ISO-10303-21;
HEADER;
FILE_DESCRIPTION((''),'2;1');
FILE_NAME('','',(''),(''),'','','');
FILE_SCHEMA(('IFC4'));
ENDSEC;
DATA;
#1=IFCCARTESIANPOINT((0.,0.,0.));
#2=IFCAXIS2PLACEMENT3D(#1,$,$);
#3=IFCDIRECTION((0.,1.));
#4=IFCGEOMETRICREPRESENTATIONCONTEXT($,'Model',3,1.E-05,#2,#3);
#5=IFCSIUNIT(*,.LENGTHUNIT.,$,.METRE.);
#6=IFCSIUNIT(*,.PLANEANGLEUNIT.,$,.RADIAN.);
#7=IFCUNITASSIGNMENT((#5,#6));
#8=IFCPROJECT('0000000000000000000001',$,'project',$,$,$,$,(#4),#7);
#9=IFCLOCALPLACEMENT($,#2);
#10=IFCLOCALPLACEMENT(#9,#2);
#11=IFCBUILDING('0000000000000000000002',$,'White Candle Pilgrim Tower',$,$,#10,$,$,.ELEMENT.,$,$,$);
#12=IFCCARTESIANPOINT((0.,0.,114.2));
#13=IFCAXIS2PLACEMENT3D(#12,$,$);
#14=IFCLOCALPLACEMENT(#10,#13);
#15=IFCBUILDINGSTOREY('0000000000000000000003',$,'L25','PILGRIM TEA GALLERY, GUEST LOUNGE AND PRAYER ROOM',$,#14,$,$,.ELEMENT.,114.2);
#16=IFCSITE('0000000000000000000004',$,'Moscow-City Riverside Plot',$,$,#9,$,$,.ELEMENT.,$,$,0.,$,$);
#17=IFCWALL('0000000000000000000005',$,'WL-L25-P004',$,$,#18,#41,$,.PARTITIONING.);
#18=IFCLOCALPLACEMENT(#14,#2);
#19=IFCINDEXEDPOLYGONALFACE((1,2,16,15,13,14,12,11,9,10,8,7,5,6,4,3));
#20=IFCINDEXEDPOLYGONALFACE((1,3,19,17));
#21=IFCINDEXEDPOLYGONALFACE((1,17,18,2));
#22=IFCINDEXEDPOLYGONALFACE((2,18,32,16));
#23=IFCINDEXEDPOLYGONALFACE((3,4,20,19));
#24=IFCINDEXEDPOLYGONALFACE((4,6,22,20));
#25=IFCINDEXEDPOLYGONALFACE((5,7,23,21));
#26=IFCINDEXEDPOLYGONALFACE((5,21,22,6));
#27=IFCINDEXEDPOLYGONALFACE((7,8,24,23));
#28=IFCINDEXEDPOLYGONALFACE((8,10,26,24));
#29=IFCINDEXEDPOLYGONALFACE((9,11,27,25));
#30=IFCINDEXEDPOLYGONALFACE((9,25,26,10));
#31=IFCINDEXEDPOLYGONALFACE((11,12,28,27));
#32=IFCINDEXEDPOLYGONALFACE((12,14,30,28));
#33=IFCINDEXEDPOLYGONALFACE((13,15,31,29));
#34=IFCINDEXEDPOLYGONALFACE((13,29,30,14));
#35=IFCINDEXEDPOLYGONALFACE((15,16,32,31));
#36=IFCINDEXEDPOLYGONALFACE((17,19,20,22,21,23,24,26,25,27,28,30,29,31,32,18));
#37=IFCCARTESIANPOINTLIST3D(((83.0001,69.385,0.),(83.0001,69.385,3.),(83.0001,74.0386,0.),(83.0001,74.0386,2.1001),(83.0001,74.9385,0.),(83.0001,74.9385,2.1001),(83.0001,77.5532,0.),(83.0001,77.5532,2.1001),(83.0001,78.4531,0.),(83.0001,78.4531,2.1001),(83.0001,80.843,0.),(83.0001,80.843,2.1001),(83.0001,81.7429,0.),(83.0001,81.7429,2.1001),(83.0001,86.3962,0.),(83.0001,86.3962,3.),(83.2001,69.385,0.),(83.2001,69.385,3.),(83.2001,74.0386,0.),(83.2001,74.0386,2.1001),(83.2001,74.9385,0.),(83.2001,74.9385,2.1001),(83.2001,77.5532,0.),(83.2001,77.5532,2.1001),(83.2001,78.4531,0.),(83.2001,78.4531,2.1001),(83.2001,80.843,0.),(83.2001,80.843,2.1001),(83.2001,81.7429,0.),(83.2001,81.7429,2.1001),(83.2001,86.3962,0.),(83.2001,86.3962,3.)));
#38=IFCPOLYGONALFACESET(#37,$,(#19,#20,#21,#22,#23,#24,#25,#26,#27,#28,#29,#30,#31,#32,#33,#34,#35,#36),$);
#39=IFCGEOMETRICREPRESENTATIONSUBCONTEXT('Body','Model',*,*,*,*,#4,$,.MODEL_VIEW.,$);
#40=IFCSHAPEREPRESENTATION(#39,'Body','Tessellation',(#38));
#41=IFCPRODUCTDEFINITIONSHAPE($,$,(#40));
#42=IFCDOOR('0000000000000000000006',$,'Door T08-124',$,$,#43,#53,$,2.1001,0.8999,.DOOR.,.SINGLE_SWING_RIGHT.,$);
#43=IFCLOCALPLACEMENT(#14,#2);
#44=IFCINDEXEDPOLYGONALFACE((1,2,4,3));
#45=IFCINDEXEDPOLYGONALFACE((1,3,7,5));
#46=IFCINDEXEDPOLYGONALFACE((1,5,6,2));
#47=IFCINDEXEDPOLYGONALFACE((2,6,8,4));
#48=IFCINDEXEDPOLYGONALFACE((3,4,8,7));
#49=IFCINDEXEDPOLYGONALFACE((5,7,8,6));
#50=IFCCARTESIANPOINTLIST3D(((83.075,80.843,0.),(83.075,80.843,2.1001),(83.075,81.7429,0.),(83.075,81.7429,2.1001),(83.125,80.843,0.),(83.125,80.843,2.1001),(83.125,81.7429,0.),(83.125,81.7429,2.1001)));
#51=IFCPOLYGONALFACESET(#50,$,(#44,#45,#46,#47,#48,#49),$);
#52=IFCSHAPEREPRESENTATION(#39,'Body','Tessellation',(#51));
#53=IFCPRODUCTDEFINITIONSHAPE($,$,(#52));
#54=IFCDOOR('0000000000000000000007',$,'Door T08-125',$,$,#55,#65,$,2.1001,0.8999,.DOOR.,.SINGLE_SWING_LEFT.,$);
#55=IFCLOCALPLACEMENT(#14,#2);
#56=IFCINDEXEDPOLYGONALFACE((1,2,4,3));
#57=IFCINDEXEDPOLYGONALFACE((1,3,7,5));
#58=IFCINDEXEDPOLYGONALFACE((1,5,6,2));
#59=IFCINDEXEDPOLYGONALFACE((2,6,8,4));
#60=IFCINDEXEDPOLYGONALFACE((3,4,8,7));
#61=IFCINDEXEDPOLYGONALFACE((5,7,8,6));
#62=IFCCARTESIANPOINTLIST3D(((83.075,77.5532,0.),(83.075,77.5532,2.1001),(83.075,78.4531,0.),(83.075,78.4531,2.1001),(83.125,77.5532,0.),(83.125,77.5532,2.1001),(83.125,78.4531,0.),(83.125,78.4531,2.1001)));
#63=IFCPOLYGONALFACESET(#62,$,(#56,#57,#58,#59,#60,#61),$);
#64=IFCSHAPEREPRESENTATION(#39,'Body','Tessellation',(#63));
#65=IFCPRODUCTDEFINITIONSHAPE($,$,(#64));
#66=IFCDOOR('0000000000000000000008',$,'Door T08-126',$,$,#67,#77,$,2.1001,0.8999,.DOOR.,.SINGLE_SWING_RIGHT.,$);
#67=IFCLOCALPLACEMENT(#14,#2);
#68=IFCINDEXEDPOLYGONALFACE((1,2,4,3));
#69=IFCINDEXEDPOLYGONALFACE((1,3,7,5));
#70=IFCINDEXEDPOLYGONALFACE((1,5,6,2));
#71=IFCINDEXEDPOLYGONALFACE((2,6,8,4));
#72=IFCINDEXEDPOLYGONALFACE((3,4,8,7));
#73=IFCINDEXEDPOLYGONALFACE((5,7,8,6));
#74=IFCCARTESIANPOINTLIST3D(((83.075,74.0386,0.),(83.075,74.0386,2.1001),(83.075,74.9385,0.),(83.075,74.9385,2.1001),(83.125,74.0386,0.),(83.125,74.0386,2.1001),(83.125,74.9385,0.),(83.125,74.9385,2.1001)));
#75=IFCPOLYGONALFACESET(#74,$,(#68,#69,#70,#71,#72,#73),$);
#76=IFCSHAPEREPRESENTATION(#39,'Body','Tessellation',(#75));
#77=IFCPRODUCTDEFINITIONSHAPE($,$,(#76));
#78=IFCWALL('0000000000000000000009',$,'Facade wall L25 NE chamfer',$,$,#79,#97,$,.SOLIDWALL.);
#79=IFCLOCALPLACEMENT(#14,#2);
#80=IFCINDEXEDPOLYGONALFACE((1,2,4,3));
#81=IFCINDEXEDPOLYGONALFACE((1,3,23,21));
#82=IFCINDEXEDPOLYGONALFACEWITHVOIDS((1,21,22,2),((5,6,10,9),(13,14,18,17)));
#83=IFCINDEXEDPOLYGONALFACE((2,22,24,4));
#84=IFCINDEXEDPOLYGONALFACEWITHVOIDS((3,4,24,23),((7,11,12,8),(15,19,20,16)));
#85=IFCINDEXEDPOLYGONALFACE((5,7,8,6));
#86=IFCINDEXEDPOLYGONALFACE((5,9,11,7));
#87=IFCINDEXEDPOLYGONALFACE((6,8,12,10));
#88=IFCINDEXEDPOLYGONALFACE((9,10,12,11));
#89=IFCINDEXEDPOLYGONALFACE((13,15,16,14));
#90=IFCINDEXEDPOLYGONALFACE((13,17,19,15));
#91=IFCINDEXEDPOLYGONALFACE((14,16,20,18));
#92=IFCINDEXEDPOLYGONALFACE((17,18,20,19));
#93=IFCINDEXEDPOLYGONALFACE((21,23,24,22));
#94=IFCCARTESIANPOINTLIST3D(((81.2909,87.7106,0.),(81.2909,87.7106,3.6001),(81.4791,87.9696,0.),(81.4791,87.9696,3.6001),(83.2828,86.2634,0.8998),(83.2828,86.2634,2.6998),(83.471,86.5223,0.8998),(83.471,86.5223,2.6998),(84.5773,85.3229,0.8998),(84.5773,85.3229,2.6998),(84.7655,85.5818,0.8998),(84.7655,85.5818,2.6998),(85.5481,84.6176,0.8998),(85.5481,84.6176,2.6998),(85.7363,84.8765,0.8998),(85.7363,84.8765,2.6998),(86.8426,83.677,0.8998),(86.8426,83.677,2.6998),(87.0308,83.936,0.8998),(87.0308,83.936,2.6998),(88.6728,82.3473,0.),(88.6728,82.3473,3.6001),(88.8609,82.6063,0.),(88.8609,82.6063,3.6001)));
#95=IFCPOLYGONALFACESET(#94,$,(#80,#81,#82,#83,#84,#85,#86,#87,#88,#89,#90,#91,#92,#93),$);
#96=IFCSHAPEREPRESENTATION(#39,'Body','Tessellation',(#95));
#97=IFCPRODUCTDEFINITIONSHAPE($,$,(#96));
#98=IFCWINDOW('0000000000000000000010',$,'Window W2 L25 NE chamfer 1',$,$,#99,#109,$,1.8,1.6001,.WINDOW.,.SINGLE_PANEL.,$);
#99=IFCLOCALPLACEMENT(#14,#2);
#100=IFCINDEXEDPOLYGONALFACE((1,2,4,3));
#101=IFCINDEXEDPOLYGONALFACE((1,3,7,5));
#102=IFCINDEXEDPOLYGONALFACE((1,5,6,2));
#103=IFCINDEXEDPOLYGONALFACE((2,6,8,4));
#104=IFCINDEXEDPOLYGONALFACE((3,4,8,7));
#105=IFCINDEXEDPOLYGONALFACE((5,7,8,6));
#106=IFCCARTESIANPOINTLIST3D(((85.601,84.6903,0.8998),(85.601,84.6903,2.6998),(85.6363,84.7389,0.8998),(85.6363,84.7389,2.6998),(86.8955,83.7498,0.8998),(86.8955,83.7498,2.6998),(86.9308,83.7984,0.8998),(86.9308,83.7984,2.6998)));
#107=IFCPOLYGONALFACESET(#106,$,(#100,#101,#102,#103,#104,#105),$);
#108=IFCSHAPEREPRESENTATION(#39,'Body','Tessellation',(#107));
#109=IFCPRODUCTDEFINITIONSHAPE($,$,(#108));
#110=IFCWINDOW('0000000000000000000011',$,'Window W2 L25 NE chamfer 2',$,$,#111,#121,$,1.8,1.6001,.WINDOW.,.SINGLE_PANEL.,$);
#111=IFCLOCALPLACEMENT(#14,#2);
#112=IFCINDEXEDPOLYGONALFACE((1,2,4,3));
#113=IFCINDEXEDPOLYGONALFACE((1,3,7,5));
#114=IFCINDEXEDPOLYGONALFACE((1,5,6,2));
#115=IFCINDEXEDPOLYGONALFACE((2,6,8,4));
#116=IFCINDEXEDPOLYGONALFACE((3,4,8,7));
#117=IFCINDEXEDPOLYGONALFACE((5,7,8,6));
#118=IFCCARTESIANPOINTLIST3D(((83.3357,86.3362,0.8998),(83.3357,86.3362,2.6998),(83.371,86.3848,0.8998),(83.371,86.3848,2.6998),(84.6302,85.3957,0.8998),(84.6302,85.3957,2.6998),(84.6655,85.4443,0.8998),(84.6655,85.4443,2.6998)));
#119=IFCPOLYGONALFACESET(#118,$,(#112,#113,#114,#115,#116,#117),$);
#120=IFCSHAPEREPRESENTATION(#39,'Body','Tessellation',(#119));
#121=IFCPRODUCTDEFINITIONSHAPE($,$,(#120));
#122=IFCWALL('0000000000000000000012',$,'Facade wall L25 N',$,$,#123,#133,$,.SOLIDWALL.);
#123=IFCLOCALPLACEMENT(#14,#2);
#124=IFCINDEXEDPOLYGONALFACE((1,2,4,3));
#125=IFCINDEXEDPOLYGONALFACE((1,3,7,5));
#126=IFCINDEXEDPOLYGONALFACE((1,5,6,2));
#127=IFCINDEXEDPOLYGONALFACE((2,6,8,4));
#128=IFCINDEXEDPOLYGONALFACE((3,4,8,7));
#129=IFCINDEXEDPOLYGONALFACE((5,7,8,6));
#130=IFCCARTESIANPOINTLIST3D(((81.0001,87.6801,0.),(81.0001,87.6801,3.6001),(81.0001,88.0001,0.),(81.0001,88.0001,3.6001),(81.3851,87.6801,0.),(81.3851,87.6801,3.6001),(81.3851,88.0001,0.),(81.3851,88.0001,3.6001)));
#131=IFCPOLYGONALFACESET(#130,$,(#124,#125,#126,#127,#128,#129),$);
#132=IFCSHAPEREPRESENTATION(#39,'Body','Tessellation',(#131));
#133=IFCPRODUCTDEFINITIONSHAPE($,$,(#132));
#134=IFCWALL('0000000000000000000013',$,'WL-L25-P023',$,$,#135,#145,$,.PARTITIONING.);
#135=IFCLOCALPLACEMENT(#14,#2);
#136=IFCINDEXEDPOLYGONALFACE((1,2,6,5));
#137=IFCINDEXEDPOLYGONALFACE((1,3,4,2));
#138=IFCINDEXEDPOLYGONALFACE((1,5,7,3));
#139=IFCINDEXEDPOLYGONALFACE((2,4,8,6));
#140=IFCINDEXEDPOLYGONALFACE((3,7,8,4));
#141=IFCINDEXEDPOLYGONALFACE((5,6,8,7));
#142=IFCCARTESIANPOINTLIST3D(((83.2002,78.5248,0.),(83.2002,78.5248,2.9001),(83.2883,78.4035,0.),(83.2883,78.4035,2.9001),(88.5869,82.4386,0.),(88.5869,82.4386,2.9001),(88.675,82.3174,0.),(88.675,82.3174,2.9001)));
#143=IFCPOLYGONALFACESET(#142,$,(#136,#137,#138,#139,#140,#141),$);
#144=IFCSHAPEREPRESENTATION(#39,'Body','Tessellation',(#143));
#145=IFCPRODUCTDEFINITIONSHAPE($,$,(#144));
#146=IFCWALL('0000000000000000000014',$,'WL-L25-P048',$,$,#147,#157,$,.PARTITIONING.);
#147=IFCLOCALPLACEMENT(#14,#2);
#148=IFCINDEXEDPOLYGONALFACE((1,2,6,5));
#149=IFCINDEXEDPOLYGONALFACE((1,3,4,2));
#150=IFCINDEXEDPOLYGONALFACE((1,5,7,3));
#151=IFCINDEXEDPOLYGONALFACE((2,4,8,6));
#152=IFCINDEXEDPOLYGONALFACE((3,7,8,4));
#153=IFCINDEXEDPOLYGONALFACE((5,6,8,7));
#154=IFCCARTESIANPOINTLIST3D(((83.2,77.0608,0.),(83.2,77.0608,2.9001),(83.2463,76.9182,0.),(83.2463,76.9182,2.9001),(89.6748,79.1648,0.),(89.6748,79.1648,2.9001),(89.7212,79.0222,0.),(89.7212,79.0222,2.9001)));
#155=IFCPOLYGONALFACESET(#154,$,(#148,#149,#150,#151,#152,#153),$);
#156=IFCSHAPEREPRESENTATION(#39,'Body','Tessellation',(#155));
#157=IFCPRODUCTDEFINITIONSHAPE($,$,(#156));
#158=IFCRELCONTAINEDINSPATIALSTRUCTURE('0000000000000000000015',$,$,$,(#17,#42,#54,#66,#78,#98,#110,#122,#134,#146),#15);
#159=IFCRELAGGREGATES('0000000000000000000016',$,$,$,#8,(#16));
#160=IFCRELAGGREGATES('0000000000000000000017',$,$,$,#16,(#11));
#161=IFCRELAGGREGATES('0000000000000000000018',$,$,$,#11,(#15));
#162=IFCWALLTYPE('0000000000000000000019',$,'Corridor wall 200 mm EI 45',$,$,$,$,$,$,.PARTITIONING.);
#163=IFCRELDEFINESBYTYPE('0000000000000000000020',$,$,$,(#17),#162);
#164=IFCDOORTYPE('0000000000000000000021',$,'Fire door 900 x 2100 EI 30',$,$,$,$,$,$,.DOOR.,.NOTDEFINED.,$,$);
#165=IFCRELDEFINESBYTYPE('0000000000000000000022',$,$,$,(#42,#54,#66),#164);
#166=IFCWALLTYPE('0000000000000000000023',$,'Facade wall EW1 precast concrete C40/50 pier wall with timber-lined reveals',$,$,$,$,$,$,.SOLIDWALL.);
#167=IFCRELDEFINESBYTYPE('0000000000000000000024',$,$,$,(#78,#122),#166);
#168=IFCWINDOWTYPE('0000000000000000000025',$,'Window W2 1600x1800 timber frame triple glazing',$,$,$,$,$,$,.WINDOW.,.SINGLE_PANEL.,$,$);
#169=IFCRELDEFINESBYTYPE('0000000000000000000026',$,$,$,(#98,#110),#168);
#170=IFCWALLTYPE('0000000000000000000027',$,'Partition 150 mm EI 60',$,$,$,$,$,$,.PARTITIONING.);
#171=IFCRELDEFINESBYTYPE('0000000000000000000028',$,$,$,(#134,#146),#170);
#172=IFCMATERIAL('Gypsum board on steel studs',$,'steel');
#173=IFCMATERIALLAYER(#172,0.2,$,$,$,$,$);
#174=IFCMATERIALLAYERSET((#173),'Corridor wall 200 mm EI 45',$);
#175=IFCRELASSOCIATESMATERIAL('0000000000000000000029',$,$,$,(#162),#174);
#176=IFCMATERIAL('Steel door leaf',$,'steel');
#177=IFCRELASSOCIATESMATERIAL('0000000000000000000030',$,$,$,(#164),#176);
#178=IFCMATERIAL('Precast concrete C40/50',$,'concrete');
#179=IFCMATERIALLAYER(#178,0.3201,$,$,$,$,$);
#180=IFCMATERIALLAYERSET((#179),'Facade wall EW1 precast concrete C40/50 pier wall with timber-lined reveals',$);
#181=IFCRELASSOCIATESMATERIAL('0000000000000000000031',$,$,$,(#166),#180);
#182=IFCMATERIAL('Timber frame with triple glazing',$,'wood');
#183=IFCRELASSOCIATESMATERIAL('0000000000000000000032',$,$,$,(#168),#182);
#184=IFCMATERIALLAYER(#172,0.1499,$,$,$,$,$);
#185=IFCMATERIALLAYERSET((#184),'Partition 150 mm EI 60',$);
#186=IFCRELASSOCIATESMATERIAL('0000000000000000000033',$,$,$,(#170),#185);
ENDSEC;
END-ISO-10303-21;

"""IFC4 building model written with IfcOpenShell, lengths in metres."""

from ifc_helpers import new_model, si_unit, direction, frame, frame_2d, origin, place, context, subcontext, project, spatial, rectangle, extrude, material, layer, layer_set, type_object, element, fill, save


model = new_model("IFC4")

# Units and contexts
model_context = context("Model", 3, precision=1e-05, world=origin(), true_north=direction((0.0, 1.0)))
body_context = subcontext(model_context, "Body", "Model", "MODEL_VIEW")
ifc_project = project(units=[si_unit("LENGTHUNIT", "METRE"), si_unit("PLANEANGLEUNIT", "RADIAN")], contexts=[model_context])

# Site, building, storey
site_placement = place(None, origin())
site = spatial("IfcSite", under=ifc_project, at=site_placement, Name="Moscow-City Riverside Plot", CompositionType="ELEMENT", RefElevation=0.0)
building_placement = place(site_placement, origin())
building = spatial("IfcBuilding", under=site, at=building_placement, Name="White Candle Pilgrim Tower", CompositionType="ELEMENT")
storey_placement = place(building_placement, frame((0.0, 0.0, 114.2)))
storey = spatial("IfcBuildingStorey", under=building, at=storey_placement, Name="L25", Description="PILGRIM TEA GALLERY, GUEST LOUNGE AND PRAYER ROOM", CompositionType="ELEMENT", Elevation=114.2)

# Shared definitions
ifc_material_1 = material(Name="Steel door leaf", Category="steel")

# Wall, openings, doors
ifc_material_2 = material(Name="Gypsum board on steel studs", Category="steel")
ifc_layer_1 = layer(ifc_material_2, 0.2)
ifc_layer_set_1 = layer_set([ifc_layer_1], Name="Corridor wall 200 mm EI 45")
wall_type_1 = type_object("IfcWallType", Name="Corridor wall 200 mm EI 45", PredefinedType="PARTITIONING", material=ifc_layer_set_1)
wall_1_placement = place(storey_placement, frame((83.1001, 86.3962, 0.0), z_axis=(0.0, 0.0, 1.0), x_axis=(0.0, -1.0, 0.0)))
wall_1 = element("IfcWall", 1, at=wall_1_placement, inside=storey, type_object=wall_type_1, Name="WL-L25-P004", PredefinedType="PARTITIONING", context=body_context, shape_type="SweptSolid", body=[
    extrude(rectangle(XDim=17.0112, YDim=0.2, at=frame_2d((8.5056, 0.0))), origin(), (0.0, 0.0, 1.0), 3.0),
])
opening_1_placement = place(wall_1_placement, frame((4.6533, 0.0, 0.0)))
opening_1 = element("IfcOpeningElement", 2, at=opening_1_placement, cuts=wall_1, PredefinedType="OPENING", context=body_context, shape_type="SweptSolid", body=[
    extrude(rectangle(XDim=0.8999, YDim=2.1001, at=frame_2d((0.45, 1.05))), frame((0.0, 0.1099, 0.0), z_axis=(0.0, -1.0, 0.0), x_axis=(1.0, 0.0, 0.0)), (0.0, 0.0, 1.0), 0.22),
])
opening_2_placement = place(wall_1_placement, frame((7.9431, 0.0, 0.0)))
opening_2 = element("IfcOpeningElement", 3, at=opening_2_placement, cuts=wall_1, PredefinedType="OPENING", context=body_context, shape_type="SweptSolid", body=[
    extrude(rectangle(XDim=0.8999, YDim=2.1001, at=frame_2d((0.45, 1.05))), frame((0.0, 0.1099, 0.0), z_axis=(0.0, -1.0, 0.0), x_axis=(1.0, 0.0, 0.0)), (0.0, 0.0, 1.0), 0.22),
])
opening_3_placement = place(wall_1_placement, frame((11.4578, 0.0, 0.0)))
opening_3 = element("IfcOpeningElement", 4, at=opening_3_placement, cuts=wall_1, PredefinedType="OPENING", context=body_context, shape_type="SweptSolid", body=[
    extrude(rectangle(XDim=0.8999, YDim=2.1001, at=frame_2d((0.45, 1.05))), frame((0.0, 0.1099, 0.0), z_axis=(0.0, -1.0, 0.0), x_axis=(1.0, 0.0, 0.0)), (0.0, 0.0, 1.0), 0.22),
])
door_type_1 = type_object("IfcDoorType", Name="Fire door 900 x 2100 EI 30", OperationType="NOTDEFINED", PredefinedType="DOOR", material=ifc_material_1)
door_1_placement = place(opening_1_placement, origin())
door_1 = element("IfcDoor", 5, at=door_1_placement, inside=storey, type_object=door_type_1, Name="Door T08-124", OperationType="SINGLE_SWING_RIGHT", OverallHeight=2.1001, OverallWidth=0.8999, PredefinedType="DOOR", context=body_context, shape_type="SweptSolid", body=[
    extrude(rectangle(XDim=0.8999, YDim=2.1001, at=frame_2d((0.45, 1.05))), frame((0.0, 0.0249, 0.0), z_axis=(0.0, -1.0, 0.0), x_axis=(1.0, 0.0, 0.0)), (0.0, 0.0, 1.0), 0.05),
])
fill(opening_1, door_1)
door_2_placement = place(opening_2_placement, origin())
door_2 = element("IfcDoor", 6, at=door_2_placement, inside=storey, type_object=door_type_1, Name="Door T08-125", OperationType="SINGLE_SWING_LEFT", OverallHeight=2.1001, OverallWidth=0.8999, PredefinedType="DOOR", context=body_context, shape_type="SweptSolid", body=[
    extrude(rectangle(XDim=0.8999, YDim=2.1001, at=frame_2d((0.45, 1.05))), frame((0.0, 0.0249, 0.0), z_axis=(0.0, -1.0, 0.0), x_axis=(1.0, 0.0, 0.0)), (0.0, 0.0, 1.0), 0.05),
])
fill(opening_2, door_2)
door_3_placement = place(opening_3_placement, origin())
door_3 = element("IfcDoor", 7, at=door_3_placement, inside=storey, type_object=door_type_1, Name="Door T08-126", OperationType="SINGLE_SWING_RIGHT", OverallHeight=2.1001, OverallWidth=0.8999, PredefinedType="DOOR", context=body_context, shape_type="SweptSolid", body=[
    extrude(rectangle(XDim=0.8999, YDim=2.1001, at=frame_2d((0.45, 1.05))), frame((0.0, 0.0249, 0.0), z_axis=(0.0, -1.0, 0.0), x_axis=(1.0, 0.0, 0.0)), (0.0, 0.0, 1.0), 0.05),
])
fill(opening_3, door_3)

# Wall, openings, windows
ifc_material_3 = material(Name="Precast concrete C40/50", Category="concrete")
ifc_layer_2 = layer(ifc_material_3, 0.3201)
ifc_layer_set_2 = layer_set([ifc_layer_2], Name="Facade wall EW1 precast concrete C40/50 pier wall with timber-lined reveals")
wall_type_2 = type_object("IfcWallType", Name="Facade wall EW1 precast concrete C40/50 pier wall with timber-lined reveals", PredefinedType="SOLIDWALL", material=ifc_layer_set_2)
wall_2_placement = place(storey_placement, frame((88.7668, 82.4768, 0.0), z_axis=(0.0, 0.0, 1.0), x_axis=(-0.809014, 0.58779, 0.0)))
wall_2 = element("IfcWall", 8, at=wall_2_placement, inside=storey, type_object=wall_type_2, Name="Facade wall L25 NE chamfer", PredefinedType="SOLIDWALL", context=body_context, shape_type="SweptSolid", body=[
    extrude(rectangle(XDim=9.1245, YDim=0.3201, at=frame_2d((4.5623, 0.0))), origin(), (0.0, 0.0, 1.0), 3.6001),
])
opening_4_placement = place(wall_2_placement, frame((2.2622, 0.0, 0.8999)))
opening_4 = element("IfcOpeningElement", 9, at=opening_4_placement, cuts=wall_2, PredefinedType="OPENING", context=body_context, shape_type="SweptSolid", body=[
    extrude(rectangle(XDim=1.6001, YDim=1.8, at=frame_2d((0.8, 0.8999))), frame((0.0, 0.1699, 0.0), z_axis=(0.0, -1.0, 0.0), x_axis=(1.0, 0.0, 0.0)), (0.0, 0.0, 1.0), 0.3401),
])
opening_5_placement = place(wall_2_placement, frame((5.0623, 0.0, 0.8999)))
opening_5 = element("IfcOpeningElement", 10, at=opening_5_placement, cuts=wall_2, PredefinedType="OPENING", context=body_context, shape_type="SweptSolid", body=[
    extrude(rectangle(XDim=1.6001, YDim=1.8, at=frame_2d((0.8, 0.8999))), frame((0.0, 0.1699, 0.0), z_axis=(0.0, -1.0, 0.0), x_axis=(1.0, 0.0, 0.0)), (0.0, 0.0, 1.0), 0.3401),
])
ifc_material_4 = material(Name="Timber frame with triple glazing", Category="wood")
window_type = type_object("IfcWindowType", Name="Window W2 1600x1800 timber frame triple glazing", PartitioningType="SINGLE_PANEL", PredefinedType="WINDOW", material=ifc_material_4)
window_1_placement = place(opening_4_placement, origin())
window_1 = element("IfcWindow", 11, at=window_1_placement, inside=storey, type_object=window_type, Name="Window W2 L25 NE chamfer 1", OverallHeight=1.8, OverallWidth=1.6001, PartitioningType="SINGLE_PANEL", PredefinedType="WINDOW", context=body_context, shape_type="SweptSolid", body=[
    extrude(rectangle(XDim=1.6001, YDim=1.8, at=frame_2d((0.8, 0.8999))), frame((0.0, 0.0701, 0.0), z_axis=(0.0, -1.0, 0.0), x_axis=(1.0, 0.0, 0.0)), (0.0, 0.0, 1.0), 0.0601),
])
fill(opening_4, window_1)
window_2_placement = place(opening_5_placement, origin())
window_2 = element("IfcWindow", 12, at=window_2_placement, inside=storey, type_object=window_type, Name="Window W2 L25 NE chamfer 2", OverallHeight=1.8, OverallWidth=1.6001, PartitioningType="SINGLE_PANEL", PredefinedType="WINDOW", context=body_context, shape_type="SweptSolid", body=[
    extrude(rectangle(XDim=1.6001, YDim=1.8, at=frame_2d((0.8, 0.8999))), frame((0.0, 0.0701, 0.0), z_axis=(0.0, -1.0, 0.0), x_axis=(1.0, 0.0, 0.0)), (0.0, 0.0, 1.0), 0.0601),
])
fill(opening_5, window_2)

# Walls
wall_3_placement = place(storey_placement, frame((81.385, 87.8401, 0.0), z_axis=(0.0, 0.0, 1.0), x_axis=(-1.0, 0.0, 0.0)))
element("IfcWall", 13, at=wall_3_placement, inside=storey, type_object=wall_type_2, Name="Facade wall L25 N", PredefinedType="SOLIDWALL", context=body_context, shape_type="SweptSolid", body=[
    extrude(rectangle(XDim=0.385, YDim=0.3201, at=frame_2d((0.1924, 0.0))), origin(), (0.0, 0.0, 1.0), 3.6001),
])
ifc_layer_3 = layer(ifc_material_2, 0.1499)
ifc_layer_set_3 = layer_set([ifc_layer_3], Name="Partition 150 mm EI 60")
wall_type_3 = type_object("IfcWallType", Name="Partition 150 mm EI 60", PredefinedType="PARTITIONING", material=ifc_layer_set_3)
wall_4_placement = place(storey_placement, frame((88.6309, 82.3779, 0.0), z_axis=(0.0, 0.0, 1.0), x_axis=(-0.809007, -0.587799, 0.0)))
element("IfcWall", 14, at=wall_4_placement, inside=storey, type_object=wall_type_3, Name="WL-L25-P023", PredefinedType="PARTITIONING", context=body_context, shape_type="SweptSolid", body=[
    extrude(rectangle(XDim=6.6584, YDim=0.1499, at=frame_2d((3.3291, 0.0))), origin(), (0.0, 0.0, 1.0), 2.9001),
])
wall_5_placement = place(storey_placement, frame((89.698, 79.0935, 0.0), z_axis=(0.0, 0.0, 1.0), x_axis=(-0.951048, -0.309043, 0.0)))
element("IfcWall", 15, at=wall_5_placement, inside=storey, type_object=wall_type_3, Name="WL-L25-P048", PredefinedType="PARTITIONING", context=body_context, shape_type="SweptSolid", body=[
    extrude(rectangle(XDim=6.8081, YDim=0.1499, at=frame_2d((3.4041, 0.0))), origin(), (0.0, 0.0, 1.0), 2.9001),
])

save(model, "model.ifc")
